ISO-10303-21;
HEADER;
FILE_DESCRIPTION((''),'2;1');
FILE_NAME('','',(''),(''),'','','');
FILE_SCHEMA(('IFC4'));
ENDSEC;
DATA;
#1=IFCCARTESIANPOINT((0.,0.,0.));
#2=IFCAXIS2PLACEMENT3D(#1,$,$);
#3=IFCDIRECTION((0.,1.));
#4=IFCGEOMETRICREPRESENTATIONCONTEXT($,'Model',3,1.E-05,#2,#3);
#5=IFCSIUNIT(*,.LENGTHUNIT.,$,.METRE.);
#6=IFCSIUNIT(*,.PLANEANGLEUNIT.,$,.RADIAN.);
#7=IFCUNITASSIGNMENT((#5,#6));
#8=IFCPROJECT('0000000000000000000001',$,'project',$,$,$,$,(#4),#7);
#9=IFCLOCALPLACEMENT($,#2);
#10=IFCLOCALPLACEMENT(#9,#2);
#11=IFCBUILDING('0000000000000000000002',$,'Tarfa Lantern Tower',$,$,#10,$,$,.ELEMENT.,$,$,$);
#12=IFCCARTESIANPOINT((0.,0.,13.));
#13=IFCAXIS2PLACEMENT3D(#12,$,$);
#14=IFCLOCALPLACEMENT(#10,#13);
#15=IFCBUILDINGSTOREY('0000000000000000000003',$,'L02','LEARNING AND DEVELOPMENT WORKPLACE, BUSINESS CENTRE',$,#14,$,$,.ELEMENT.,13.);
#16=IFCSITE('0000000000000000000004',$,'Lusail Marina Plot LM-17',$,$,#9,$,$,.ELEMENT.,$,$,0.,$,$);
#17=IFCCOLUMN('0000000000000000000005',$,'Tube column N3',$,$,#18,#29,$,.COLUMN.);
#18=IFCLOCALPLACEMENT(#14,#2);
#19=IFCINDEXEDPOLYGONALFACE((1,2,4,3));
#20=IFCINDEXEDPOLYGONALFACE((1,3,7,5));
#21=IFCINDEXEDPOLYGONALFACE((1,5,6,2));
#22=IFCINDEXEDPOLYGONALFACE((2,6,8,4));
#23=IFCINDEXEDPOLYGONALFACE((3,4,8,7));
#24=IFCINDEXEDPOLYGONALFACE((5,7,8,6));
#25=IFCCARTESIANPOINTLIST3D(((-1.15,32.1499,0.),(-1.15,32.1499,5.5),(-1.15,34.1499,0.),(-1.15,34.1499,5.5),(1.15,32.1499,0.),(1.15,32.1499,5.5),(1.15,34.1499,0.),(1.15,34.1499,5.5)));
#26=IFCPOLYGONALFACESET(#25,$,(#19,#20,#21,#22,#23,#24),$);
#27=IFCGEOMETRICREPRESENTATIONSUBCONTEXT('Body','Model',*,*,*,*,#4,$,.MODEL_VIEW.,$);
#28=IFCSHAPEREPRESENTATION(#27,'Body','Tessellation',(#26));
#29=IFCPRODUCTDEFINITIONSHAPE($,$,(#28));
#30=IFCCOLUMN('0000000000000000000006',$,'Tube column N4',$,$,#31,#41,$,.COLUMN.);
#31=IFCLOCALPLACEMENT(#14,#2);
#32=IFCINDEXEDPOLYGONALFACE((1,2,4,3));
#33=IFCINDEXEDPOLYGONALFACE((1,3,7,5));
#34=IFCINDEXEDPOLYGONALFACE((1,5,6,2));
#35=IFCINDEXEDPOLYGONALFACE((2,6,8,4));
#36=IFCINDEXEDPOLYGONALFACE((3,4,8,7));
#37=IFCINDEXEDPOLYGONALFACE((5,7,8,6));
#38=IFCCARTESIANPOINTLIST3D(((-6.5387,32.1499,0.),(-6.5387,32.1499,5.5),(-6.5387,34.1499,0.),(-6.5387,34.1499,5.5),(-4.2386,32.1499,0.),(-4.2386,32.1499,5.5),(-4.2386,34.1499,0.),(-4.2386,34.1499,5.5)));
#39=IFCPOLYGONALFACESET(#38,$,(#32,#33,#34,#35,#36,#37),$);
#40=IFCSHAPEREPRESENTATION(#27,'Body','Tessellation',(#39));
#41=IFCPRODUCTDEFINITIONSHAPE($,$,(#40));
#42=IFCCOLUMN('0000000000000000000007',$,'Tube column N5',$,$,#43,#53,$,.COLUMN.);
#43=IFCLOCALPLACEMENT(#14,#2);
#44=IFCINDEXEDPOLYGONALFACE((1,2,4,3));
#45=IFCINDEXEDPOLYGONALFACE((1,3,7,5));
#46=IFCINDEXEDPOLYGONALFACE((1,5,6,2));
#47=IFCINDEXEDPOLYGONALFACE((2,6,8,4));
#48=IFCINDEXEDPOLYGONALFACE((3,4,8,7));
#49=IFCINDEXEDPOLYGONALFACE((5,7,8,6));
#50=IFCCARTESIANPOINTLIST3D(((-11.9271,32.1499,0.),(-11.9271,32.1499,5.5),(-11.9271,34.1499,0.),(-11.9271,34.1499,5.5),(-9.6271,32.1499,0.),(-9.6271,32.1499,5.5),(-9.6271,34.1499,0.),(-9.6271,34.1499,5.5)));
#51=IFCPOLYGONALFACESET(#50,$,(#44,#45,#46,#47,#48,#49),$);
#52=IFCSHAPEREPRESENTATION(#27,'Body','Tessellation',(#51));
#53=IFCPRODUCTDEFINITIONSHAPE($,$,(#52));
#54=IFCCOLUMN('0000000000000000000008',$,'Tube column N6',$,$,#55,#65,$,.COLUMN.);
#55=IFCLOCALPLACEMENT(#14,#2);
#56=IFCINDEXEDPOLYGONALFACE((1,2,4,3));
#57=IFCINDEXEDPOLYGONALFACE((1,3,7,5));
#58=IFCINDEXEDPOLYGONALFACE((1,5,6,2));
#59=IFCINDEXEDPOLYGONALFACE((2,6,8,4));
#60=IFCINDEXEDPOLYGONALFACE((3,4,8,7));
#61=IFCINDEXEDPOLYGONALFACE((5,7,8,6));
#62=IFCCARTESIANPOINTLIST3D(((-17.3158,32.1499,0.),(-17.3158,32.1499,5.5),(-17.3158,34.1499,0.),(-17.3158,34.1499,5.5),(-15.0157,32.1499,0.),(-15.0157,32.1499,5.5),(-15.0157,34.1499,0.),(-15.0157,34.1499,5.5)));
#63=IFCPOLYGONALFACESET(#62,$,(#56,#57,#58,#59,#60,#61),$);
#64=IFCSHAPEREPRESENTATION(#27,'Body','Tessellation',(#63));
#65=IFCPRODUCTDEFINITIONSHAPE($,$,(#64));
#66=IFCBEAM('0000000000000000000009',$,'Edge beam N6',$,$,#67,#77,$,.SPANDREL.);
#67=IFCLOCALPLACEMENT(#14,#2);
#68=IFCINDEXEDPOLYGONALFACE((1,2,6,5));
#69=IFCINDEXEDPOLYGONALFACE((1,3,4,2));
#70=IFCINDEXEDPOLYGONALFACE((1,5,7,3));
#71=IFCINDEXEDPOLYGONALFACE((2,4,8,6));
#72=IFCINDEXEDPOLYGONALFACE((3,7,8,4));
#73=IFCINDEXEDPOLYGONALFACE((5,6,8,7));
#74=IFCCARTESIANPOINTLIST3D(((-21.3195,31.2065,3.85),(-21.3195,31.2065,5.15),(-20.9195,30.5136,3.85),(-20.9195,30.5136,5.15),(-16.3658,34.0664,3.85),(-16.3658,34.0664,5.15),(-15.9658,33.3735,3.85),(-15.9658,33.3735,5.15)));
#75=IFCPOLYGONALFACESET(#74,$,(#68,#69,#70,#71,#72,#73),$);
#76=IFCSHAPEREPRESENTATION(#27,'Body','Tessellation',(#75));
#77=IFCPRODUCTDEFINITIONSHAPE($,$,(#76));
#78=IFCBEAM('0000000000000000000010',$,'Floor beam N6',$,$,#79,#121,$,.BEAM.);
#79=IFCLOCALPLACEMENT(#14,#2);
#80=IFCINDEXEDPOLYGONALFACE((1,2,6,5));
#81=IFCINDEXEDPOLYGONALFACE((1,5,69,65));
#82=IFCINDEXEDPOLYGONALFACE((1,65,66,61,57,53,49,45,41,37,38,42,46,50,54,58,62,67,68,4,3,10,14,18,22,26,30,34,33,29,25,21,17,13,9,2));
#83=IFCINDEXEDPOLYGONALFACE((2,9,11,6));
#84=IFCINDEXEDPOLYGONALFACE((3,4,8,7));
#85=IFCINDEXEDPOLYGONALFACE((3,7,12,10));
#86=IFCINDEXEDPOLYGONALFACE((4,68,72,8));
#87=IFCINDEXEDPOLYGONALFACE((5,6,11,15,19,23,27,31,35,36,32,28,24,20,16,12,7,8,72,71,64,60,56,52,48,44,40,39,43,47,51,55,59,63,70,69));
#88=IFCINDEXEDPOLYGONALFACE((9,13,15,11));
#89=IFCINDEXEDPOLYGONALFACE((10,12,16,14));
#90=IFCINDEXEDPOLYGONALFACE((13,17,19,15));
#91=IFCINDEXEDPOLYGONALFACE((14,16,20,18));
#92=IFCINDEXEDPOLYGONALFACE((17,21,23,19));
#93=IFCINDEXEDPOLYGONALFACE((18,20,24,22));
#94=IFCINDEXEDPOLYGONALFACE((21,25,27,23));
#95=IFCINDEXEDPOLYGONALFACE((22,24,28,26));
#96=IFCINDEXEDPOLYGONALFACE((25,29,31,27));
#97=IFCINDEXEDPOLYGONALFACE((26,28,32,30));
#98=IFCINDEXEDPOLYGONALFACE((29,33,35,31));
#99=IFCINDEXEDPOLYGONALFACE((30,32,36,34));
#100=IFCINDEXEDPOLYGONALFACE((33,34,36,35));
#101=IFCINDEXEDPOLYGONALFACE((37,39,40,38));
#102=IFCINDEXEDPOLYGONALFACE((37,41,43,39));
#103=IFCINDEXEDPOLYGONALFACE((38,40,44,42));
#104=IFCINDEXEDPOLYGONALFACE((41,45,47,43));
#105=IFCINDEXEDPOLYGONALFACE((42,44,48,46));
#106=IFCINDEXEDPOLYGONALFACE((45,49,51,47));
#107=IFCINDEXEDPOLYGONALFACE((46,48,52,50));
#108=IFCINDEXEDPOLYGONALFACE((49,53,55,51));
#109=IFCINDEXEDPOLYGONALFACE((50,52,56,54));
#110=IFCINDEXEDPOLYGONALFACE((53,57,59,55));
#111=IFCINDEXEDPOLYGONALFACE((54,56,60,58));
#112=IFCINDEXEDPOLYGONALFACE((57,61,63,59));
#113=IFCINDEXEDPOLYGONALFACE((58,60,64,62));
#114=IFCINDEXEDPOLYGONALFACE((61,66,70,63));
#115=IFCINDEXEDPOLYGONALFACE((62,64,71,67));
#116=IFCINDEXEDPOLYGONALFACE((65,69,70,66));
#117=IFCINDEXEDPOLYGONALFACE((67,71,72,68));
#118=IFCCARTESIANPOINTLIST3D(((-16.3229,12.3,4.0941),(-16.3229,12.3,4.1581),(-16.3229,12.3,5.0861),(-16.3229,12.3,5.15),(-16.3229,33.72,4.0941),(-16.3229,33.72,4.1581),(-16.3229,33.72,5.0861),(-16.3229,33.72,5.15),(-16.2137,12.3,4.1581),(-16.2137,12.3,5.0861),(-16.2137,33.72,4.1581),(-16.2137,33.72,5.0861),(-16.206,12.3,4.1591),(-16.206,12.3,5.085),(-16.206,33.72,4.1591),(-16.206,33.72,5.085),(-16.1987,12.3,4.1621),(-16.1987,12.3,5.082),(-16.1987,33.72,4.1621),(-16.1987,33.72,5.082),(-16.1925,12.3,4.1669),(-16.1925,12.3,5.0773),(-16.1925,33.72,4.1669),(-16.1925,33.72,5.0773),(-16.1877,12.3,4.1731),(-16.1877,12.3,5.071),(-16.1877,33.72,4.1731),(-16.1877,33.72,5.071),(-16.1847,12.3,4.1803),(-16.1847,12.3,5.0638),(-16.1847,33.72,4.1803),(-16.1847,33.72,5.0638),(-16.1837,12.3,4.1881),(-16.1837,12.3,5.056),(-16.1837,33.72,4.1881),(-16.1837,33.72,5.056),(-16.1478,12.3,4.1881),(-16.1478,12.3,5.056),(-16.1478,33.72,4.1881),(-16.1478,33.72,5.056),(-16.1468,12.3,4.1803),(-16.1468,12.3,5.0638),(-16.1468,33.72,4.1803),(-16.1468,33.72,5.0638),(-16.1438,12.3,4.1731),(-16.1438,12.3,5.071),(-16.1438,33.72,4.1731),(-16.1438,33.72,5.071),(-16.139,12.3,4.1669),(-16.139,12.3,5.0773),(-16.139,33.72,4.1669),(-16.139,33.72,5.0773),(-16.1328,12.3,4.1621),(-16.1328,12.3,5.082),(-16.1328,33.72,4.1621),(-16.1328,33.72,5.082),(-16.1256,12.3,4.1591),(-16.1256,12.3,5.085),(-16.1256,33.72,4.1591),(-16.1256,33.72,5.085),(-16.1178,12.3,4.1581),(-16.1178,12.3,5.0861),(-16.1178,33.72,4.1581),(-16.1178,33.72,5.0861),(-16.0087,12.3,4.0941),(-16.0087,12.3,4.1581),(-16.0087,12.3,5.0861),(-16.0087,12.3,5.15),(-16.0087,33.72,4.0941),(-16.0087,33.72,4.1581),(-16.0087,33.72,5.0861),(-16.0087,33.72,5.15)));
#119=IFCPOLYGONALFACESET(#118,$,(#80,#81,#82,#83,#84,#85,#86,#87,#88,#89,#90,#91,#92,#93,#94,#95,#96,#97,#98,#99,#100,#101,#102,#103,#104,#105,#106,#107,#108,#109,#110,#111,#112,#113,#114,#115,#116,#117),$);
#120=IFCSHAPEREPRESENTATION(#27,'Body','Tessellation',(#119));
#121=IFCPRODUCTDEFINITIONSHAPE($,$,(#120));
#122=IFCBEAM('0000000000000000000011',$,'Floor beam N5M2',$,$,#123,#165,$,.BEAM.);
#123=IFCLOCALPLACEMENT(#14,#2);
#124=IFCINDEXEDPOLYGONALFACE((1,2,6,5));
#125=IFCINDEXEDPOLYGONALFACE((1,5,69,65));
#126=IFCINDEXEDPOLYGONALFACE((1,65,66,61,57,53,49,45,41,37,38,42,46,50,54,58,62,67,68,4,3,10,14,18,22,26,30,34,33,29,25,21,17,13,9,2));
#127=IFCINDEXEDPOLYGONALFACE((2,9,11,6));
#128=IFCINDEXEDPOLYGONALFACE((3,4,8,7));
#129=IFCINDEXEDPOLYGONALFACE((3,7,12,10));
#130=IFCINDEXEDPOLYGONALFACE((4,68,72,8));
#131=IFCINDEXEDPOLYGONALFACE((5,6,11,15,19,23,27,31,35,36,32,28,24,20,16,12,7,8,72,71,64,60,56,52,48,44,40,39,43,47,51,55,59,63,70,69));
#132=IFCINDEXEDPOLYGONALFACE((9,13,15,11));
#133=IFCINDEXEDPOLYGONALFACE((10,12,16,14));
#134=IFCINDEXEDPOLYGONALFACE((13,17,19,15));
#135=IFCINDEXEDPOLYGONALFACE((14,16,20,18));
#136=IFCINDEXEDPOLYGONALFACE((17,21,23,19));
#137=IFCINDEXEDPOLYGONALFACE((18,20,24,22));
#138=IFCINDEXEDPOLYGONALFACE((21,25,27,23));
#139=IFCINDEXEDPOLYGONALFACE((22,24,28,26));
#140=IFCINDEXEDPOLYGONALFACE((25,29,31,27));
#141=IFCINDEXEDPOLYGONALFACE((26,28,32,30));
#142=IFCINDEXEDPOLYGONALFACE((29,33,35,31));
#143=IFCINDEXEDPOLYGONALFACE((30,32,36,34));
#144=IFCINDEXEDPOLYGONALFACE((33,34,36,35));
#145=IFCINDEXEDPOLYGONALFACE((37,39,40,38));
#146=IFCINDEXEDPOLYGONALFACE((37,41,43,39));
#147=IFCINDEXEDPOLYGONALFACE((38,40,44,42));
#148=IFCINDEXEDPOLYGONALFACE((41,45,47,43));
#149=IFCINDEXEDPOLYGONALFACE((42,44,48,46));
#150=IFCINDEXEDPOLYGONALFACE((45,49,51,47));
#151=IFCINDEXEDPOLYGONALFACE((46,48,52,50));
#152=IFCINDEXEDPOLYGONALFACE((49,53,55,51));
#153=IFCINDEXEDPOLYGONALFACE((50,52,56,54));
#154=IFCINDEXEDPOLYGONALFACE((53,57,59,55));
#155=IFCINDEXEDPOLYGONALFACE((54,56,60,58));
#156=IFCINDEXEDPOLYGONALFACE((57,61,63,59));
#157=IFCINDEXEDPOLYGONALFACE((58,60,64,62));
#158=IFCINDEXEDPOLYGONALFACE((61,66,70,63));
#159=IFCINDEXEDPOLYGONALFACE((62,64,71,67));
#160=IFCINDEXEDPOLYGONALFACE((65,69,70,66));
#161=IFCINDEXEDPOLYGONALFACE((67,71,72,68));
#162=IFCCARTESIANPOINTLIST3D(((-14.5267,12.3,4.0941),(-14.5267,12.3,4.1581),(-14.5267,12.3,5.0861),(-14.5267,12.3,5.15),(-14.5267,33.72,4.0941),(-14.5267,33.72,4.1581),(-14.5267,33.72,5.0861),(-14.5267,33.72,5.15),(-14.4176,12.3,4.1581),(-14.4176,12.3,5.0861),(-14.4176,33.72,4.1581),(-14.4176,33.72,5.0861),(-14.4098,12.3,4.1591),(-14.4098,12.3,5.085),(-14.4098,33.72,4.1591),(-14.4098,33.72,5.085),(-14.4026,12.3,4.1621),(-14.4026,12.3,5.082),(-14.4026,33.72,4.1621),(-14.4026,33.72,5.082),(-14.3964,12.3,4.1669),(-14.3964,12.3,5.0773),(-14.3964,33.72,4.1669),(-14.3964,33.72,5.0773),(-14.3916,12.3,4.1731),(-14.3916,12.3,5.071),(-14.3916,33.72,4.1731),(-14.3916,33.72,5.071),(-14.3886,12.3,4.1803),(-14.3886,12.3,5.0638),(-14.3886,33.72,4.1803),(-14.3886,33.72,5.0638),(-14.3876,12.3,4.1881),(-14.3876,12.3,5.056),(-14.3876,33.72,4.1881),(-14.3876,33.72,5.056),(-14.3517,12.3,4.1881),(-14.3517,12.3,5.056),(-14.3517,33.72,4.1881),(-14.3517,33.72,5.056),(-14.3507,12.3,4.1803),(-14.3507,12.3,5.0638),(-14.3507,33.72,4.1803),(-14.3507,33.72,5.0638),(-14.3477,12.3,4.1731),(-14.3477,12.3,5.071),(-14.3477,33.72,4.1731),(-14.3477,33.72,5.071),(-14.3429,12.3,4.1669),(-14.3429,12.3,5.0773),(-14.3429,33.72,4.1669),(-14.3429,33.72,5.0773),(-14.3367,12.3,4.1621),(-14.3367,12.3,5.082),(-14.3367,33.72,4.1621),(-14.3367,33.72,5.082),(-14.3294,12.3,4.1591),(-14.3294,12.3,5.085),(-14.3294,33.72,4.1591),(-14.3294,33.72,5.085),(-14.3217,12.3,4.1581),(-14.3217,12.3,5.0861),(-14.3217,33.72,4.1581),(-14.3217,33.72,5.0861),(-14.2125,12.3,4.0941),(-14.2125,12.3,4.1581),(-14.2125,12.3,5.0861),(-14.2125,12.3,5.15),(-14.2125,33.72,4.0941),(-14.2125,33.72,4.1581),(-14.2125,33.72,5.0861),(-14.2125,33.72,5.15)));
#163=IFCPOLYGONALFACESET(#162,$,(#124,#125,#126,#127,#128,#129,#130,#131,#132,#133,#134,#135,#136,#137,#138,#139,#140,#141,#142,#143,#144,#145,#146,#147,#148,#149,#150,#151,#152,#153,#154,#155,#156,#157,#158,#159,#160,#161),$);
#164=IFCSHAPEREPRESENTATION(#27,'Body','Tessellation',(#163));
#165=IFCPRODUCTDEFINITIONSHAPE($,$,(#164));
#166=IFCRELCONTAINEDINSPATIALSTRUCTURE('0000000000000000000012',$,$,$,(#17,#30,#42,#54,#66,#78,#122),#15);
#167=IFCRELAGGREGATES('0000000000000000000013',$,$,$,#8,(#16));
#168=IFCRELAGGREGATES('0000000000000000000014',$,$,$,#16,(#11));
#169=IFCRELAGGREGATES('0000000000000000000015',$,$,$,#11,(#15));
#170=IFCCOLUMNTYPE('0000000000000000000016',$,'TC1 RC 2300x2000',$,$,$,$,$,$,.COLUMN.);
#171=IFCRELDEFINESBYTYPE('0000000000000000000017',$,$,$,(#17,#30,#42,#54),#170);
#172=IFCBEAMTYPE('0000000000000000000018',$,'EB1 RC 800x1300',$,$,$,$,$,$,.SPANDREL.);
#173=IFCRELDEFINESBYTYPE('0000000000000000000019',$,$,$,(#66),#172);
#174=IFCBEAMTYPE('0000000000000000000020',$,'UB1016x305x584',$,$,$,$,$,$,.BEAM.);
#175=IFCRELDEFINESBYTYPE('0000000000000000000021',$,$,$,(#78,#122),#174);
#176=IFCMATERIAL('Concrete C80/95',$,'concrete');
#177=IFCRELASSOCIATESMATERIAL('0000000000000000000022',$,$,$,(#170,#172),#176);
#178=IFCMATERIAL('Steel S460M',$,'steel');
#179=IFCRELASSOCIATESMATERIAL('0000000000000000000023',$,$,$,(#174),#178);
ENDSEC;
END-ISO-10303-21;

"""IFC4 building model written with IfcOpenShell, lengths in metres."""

from ifc_helpers import new_model, si_unit, direction, frame, origin, origin_2d, place, context, subcontext, project, spatial, rectangle, i_section, extrude, material, material_profile, profile_set, type_object, element, save


model = new_model("IFC4")

# Units and contexts
model_context = context("Model", 3, precision=1e-05, world=origin(), true_north=direction((0.0, 1.0)))
body_context = subcontext(model_context, "Body", "Model", "MODEL_VIEW")
ifc_project = project(units=[si_unit("LENGTHUNIT", "METRE"), si_unit("PLANEANGLEUNIT", "RADIAN")], contexts=[model_context])

# Site, building, storey
site_placement = place(None, origin())
site = spatial("IfcSite", under=ifc_project, at=site_placement, Name="Lusail Marina Plot LM-17", CompositionType="ELEMENT", RefElevation=0.0)
building_placement = place(site_placement, origin())
building = spatial("IfcBuilding", under=site, at=building_placement, Name="Tarfa Lantern Tower", CompositionType="ELEMENT")
storey_placement = place(building_placement, frame((0.0, 0.0, 13.0)))
storey = spatial("IfcBuildingStorey", under=building, at=storey_placement, Name="L02", Description="LEARNING AND DEVELOPMENT WORKPLACE, BUSINESS CENTRE", CompositionType="ELEMENT", Elevation=13.0)

# Columns
ifc_material_1 = material(Name="Concrete C80/95", Category="concrete")
ifc_material_profile_1 = material_profile(ifc_material_1, rectangle(XDim=2.3, YDim=2.0, at=origin_2d()), Name="RC 2300x2000")
ifc_profile_set_1 = profile_set([ifc_material_profile_1], Name="Concrete C80/95")
column_type = type_object("IfcColumnType", Name="TC1 RC 2300x2000", PredefinedType="COLUMN", material=ifc_profile_set_1)
for number, where, z_axis, x_axis, name in (
    (1, (0.0, 33.1499, 0.0), (0.0, 0.0, 1.0), (-1.0, 0.0, 0.0), "Tube column N3"),
    (2, (-5.3887, 33.1499, 0.0), (0.0, 0.0, 1.0), (-1.0, 0.0, 0.0), "Tube column N4"),
    (3, (-10.7771, 33.1499, 0.0), (0.0, 0.0, 1.0), (-1.0, 0.0, 0.0), "Tube column N5"),
    (4, (-16.1658, 33.1499, 0.0), (0.0, 0.0, 1.0), (-1.0, 0.0, 0.0), "Tube column N6"),
):
    element("IfcColumn", number, at=place(storey_placement, frame(where, z_axis=z_axis, x_axis=x_axis)), inside=storey, type_object=column_type, Name=name, PredefinedType="COLUMN", context=body_context, shape_type="SweptSolid", body=[
        extrude(rectangle(XDim=2.3, YDim=2.0, at=origin_2d()), origin(), (0.0, 0.0, 1.0), 5.5),
    ])

# Beams
ifc_material_profile_2 = material_profile(ifc_material_1, rectangle(XDim=0.8, YDim=1.3, at=origin_2d()), Name="RC 800x1300")
ifc_profile_set_2 = profile_set([ifc_material_profile_2], Name="Concrete C80/95")
beam_type_1 = type_object("IfcBeamType", Name="EB1 RC 800x1300", PredefinedType="SPANDREL", material=ifc_profile_set_2)
beam_placement = place(storey_placement, frame((-16.1658, 33.72, 4.5), z_axis=(-0.866033, -0.499986, 0.0), x_axis=(0.499986, -0.866033, 0.0)))
element("IfcBeam", 5, at=beam_placement, inside=storey, type_object=beam_type_1, Name="Edge beam N6", PredefinedType="SPANDREL", context=body_context, shape_type="SweptSolid", body=[
    extrude(rectangle(XDim=0.8, YDim=1.3, at=origin_2d()), origin(), (0.0, 0.0, 1.0), 5.72),
])
ifc_material_2 = material(Name="Steel S460M", Category="steel")
ifc_material_profile_3 = material_profile(ifc_material_2, i_section(OverallWidth=0.3142, OverallDepth=1.0559, WebThickness=0.0359, FlangeThickness=0.064, FilletRadius=0.03, at=origin_2d()), Name="UB1016x305x584")
ifc_profile_set_3 = profile_set([ifc_material_profile_3], Name="Steel S460M")
beam_type_2 = type_object("IfcBeamType", Name="UB1016x305x584", PredefinedType="BEAM", material=ifc_profile_set_3)
for number, where, z_axis, x_axis, name in (
    (6, (-16.1658, 33.72, 4.6221), (0.0, -1.0, 0.0), (1.0, 0.0, 0.0), "Floor beam N6"),
    (7, (-14.3696, 33.72, 4.6221), (0.0, -1.0, 0.0), (1.0, 0.0, 0.0), "Floor beam N5M2"),
):
    element("IfcBeam", number, at=place(storey_placement, frame(where, z_axis=z_axis, x_axis=x_axis)), inside=storey, type_object=beam_type_2, Name=name, PredefinedType="BEAM", context=body_context, shape_type="SweptSolid", body=[
        extrude(i_section(OverallWidth=0.3142, OverallDepth=1.0559, WebThickness=0.0359, FlangeThickness=0.064, FilletRadius=0.03, at=origin_2d()), origin(), (0.0, 0.0, 1.0), 21.4199),
    ])

save(model, "model.ifc")
